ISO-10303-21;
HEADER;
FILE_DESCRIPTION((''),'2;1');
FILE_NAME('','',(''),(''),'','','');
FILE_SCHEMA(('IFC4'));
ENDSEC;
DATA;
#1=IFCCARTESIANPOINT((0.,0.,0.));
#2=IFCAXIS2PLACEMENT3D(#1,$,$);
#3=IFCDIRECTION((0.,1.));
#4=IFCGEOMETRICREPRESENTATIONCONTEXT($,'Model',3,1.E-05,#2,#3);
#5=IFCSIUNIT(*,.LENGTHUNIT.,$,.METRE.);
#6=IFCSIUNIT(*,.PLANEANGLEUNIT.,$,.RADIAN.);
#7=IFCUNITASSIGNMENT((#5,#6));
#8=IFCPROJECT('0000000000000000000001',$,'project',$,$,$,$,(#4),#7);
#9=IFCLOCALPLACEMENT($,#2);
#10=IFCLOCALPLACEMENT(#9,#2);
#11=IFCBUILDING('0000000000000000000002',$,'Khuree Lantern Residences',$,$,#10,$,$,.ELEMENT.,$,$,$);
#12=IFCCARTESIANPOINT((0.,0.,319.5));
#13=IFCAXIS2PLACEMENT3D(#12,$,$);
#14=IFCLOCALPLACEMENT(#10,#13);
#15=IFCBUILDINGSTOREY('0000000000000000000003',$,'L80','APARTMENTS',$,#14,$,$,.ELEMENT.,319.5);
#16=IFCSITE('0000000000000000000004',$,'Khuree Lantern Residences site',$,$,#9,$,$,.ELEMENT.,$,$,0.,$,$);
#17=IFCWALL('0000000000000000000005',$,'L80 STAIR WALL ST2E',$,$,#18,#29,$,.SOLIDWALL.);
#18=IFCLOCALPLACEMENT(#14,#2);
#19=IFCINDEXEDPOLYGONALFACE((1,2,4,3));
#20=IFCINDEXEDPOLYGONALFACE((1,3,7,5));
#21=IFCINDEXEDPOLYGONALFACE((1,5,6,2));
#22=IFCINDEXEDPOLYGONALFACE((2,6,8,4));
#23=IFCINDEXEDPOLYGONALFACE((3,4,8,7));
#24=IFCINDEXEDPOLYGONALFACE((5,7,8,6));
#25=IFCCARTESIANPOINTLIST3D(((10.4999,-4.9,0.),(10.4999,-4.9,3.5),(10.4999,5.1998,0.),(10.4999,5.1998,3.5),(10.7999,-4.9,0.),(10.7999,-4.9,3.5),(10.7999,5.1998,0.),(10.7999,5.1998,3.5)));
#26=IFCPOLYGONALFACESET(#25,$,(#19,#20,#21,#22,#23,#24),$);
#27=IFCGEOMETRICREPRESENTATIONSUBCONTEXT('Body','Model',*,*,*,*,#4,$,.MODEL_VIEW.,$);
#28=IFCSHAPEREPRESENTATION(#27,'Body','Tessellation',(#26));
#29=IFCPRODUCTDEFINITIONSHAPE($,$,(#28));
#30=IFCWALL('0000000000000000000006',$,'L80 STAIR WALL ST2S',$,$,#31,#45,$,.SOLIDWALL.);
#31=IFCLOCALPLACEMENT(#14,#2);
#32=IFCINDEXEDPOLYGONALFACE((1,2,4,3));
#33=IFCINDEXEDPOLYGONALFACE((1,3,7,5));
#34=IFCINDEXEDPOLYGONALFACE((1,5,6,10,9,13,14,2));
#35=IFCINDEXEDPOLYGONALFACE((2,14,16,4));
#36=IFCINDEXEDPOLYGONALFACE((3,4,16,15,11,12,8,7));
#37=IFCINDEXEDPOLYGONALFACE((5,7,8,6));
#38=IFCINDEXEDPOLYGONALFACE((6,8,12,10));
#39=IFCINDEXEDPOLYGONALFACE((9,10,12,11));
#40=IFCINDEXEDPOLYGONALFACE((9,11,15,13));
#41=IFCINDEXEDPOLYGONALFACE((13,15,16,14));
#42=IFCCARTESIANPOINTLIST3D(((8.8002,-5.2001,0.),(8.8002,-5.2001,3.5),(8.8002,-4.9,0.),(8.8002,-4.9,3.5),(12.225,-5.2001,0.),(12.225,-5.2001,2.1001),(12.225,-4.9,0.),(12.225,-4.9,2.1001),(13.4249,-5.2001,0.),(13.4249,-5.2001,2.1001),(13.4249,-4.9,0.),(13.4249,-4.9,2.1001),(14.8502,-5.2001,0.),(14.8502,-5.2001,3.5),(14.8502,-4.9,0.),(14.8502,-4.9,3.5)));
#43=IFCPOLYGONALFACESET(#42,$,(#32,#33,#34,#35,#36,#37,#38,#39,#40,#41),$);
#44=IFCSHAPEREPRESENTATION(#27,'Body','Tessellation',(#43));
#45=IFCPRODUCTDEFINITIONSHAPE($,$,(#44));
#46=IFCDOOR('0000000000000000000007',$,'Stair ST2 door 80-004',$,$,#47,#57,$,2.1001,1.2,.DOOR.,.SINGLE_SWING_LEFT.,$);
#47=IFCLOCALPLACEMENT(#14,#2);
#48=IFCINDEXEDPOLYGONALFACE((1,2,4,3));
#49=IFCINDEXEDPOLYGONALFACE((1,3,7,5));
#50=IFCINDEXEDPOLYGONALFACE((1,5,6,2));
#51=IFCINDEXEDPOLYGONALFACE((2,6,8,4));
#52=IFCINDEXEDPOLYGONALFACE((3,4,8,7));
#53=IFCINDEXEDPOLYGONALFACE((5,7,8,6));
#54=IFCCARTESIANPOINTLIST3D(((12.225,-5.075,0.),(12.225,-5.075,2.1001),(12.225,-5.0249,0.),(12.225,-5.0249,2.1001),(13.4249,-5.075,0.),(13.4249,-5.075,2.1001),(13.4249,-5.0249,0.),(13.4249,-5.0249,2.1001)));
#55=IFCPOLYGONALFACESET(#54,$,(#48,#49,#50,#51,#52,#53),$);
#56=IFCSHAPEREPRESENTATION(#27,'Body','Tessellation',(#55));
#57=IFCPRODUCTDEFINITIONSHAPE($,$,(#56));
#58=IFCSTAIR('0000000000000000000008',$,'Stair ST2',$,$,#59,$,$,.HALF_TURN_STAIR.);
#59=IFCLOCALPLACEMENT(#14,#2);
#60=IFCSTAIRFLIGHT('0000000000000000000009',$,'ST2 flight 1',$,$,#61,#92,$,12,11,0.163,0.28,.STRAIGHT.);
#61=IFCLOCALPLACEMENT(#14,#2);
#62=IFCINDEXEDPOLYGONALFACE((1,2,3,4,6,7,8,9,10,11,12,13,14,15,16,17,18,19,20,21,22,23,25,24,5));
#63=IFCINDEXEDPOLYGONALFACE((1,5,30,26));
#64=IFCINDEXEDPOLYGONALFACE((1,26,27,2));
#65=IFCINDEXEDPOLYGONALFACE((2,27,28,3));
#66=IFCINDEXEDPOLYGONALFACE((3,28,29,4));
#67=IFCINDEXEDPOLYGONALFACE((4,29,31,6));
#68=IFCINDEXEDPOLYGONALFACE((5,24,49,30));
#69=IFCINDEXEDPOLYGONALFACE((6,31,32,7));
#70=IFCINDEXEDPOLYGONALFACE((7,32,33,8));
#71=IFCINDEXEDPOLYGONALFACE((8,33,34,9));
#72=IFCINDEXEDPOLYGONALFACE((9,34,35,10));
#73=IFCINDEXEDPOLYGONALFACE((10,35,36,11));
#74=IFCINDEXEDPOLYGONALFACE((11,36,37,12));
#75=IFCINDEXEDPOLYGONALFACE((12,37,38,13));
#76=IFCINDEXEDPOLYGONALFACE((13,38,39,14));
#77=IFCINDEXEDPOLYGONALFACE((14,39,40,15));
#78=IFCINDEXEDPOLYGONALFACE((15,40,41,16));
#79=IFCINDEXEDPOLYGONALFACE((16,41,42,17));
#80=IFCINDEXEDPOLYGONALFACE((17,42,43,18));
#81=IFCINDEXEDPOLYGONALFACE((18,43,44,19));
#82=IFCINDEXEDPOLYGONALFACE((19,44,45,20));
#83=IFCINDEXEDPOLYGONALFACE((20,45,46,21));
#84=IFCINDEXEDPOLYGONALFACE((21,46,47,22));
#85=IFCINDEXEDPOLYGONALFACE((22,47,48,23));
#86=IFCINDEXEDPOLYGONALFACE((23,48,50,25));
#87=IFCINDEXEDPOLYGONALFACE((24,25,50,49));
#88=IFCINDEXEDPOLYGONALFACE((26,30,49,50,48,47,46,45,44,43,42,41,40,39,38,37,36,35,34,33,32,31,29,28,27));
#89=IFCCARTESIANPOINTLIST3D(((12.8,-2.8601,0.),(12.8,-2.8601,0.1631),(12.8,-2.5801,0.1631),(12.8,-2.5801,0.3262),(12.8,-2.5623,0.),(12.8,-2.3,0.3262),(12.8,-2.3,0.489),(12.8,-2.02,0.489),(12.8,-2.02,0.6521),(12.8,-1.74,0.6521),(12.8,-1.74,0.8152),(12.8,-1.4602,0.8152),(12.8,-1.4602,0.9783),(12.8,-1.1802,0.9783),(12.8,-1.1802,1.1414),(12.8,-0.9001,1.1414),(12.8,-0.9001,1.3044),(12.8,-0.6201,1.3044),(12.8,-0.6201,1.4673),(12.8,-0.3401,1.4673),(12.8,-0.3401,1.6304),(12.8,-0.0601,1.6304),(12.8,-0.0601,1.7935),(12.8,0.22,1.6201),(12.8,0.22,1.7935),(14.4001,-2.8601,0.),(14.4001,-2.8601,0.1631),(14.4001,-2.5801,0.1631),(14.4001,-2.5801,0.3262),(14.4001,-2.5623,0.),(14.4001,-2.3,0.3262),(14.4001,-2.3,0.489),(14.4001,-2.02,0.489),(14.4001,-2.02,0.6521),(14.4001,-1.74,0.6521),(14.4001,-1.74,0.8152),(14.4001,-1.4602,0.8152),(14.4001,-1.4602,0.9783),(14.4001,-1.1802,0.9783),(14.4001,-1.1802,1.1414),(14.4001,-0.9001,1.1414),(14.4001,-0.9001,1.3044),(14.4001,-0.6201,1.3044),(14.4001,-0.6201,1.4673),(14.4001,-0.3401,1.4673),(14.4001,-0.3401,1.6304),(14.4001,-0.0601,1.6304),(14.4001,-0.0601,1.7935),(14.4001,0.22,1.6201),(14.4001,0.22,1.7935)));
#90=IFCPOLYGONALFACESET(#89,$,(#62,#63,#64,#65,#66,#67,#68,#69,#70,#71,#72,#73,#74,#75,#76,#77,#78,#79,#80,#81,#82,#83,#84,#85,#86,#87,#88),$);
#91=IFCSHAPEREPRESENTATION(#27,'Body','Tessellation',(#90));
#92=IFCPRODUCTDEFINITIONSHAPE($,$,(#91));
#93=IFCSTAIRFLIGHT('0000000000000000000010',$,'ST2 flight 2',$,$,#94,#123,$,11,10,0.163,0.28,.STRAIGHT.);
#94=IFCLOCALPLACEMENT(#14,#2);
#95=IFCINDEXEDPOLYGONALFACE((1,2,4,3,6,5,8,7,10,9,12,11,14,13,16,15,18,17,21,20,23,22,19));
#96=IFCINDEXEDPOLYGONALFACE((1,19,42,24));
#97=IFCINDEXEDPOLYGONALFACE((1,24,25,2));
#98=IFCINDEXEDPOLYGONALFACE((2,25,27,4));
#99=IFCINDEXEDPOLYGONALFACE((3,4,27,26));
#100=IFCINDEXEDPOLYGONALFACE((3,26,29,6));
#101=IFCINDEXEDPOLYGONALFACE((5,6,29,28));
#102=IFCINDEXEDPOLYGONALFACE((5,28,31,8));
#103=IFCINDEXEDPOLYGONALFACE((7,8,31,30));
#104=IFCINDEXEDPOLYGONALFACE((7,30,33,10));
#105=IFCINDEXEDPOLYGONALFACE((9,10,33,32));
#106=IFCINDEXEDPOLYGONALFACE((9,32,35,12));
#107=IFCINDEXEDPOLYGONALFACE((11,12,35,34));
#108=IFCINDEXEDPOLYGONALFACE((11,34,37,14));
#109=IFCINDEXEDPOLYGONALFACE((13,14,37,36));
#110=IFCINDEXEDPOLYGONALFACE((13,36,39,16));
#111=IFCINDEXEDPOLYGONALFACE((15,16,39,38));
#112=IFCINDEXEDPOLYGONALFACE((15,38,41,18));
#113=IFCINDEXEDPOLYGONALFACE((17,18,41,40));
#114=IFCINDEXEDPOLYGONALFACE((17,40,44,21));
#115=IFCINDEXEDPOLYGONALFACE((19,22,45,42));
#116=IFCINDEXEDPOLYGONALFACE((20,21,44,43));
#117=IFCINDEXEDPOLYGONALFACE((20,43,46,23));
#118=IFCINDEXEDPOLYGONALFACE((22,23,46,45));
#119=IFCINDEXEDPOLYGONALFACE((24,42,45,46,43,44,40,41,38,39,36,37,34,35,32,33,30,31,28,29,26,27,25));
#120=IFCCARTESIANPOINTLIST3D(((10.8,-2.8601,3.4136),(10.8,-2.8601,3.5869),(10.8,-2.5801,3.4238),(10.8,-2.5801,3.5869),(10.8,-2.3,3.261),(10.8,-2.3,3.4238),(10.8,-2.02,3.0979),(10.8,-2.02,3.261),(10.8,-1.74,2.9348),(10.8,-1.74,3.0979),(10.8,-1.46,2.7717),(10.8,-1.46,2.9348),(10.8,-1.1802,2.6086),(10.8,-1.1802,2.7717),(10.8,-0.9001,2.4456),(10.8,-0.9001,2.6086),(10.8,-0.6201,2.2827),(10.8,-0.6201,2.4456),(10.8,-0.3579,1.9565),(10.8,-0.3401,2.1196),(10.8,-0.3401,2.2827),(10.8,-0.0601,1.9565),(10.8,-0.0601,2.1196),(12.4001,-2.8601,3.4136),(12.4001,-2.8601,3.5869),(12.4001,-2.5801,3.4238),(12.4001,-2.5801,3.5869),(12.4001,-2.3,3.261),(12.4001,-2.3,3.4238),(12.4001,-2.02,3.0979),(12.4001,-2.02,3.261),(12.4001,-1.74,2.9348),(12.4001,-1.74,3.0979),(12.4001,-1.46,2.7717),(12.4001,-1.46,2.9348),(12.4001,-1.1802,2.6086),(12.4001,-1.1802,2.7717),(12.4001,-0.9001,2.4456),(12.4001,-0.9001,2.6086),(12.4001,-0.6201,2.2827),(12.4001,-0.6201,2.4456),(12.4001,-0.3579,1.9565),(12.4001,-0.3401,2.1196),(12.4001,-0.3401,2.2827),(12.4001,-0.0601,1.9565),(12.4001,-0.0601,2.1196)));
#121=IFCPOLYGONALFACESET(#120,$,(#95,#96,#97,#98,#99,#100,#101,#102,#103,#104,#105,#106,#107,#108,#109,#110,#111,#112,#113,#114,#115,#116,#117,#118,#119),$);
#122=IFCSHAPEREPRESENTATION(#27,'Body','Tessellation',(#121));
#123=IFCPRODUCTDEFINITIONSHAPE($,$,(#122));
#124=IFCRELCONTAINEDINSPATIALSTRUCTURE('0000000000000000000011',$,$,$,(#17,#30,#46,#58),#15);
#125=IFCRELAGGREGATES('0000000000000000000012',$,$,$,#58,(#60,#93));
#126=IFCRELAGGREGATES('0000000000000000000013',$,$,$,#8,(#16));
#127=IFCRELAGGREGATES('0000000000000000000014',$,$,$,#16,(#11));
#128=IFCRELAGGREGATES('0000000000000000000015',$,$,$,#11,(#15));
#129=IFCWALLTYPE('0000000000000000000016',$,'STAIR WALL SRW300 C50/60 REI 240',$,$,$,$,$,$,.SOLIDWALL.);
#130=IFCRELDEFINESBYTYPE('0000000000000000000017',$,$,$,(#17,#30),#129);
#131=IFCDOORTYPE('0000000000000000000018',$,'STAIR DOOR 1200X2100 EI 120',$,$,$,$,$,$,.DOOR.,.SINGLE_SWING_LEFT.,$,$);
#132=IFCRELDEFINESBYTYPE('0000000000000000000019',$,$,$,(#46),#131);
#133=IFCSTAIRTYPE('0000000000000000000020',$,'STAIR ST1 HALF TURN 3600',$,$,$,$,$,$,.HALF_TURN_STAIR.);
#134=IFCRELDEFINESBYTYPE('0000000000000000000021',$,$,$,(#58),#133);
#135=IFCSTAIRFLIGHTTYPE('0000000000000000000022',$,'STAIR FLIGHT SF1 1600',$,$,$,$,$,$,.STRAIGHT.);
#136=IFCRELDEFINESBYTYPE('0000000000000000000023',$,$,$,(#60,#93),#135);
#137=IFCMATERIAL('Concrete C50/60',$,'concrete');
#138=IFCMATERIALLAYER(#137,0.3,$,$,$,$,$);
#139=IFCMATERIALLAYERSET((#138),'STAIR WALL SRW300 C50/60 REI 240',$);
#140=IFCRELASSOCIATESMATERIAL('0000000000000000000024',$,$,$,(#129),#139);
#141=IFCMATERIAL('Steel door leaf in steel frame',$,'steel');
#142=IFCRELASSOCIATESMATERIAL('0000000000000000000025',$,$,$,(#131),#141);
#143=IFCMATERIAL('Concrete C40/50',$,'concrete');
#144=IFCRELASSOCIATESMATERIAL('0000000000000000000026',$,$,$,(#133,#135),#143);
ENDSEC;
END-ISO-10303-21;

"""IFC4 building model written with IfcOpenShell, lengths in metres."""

from ifc_helpers import new_model, si_unit, direction, frame, frame_2d, origin, place, context, subcontext, project, spatial, polyline, rectangle, outline, extrude, material, layer, layer_set, type_object, element, fill, aggregate, save


model = new_model("IFC4")

# Units and contexts
model_context = context("Model", 3, precision=1e-05, world=origin(), true_north=direction((0.0, 1.0)))
body_context = subcontext(model_context, "Body", "Model", "MODEL_VIEW")
ifc_project = project(units=[si_unit("LENGTHUNIT", "METRE"), si_unit("PLANEANGLEUNIT", "RADIAN")], contexts=[model_context])

# Site, building, storey
site_placement = place(None, origin())
site = spatial("IfcSite", under=ifc_project, at=site_placement, Name="Khuree Lantern Residences site", CompositionType="ELEMENT", RefElevation=0.0)
building_placement = place(site_placement, origin())
building = spatial("IfcBuilding", under=site, at=building_placement, Name="Khuree Lantern Residences", CompositionType="ELEMENT")
storey_placement = place(building_placement, frame((0.0, 0.0, 319.5)))
storey = spatial("IfcBuildingStorey", under=building, at=storey_placement, Name="L80", Description="APARTMENTS", CompositionType="ELEMENT", Elevation=319.5)

# Wall
ifc_material_1 = material(Name="Concrete C50/60", Category="concrete")
ifc_layer_1 = layer(ifc_material_1, 0.3)
ifc_layer_set_1 = layer_set([ifc_layer_1], Name="STAIR WALL SRW300 C50/60 REI 240")
wall_type_1 = type_object("IfcWallType", Name="STAIR WALL SRW300 C50/60 REI 240", PredefinedType="SOLIDWALL", material=ifc_layer_set_1)
wall_1_placement = place(storey_placement, frame((10.6499, -4.8999, 0.0), z_axis=(0.0, 0.0, 1.0), x_axis=(0.0, 1.0, 0.0)))
element("IfcWall", 1, at=wall_1_placement, inside=storey, type_object=wall_type_1, Name="L80 STAIR WALL ST2E", PredefinedType="SOLIDWALL", context=body_context, shape_type="SweptSolid", body=[
    extrude(rectangle(XDim=10.0999, YDim=0.3, at=frame_2d((5.0498, 0.0))), origin(), (0.0, 0.0, 1.0), 3.5),
])

# Wall, opening, door
wall_2_placement = place(storey_placement, frame((14.8501, -5.05, 0.0), z_axis=(0.0, 0.0, 1.0), x_axis=(-1.0, 0.0, 0.0)))
wall_2 = element("IfcWall", 2, at=wall_2_placement, inside=storey, type_object=wall_type_1, Name="L80 STAIR WALL ST2S", PredefinedType="SOLIDWALL", context=body_context, shape_type="SweptSolid", body=[
    extrude(rectangle(XDim=6.05, YDim=0.3, at=frame_2d((3.0249, 0.0))), origin(), (0.0, 0.0, 1.0), 3.5),
])
opening_1_placement = place(wall_2_placement, frame((1.425, 0.0, 0.0)))
opening_1 = element("IfcOpeningElement", 3, at=opening_1_placement, cuts=wall_2, PredefinedType="OPENING", context=body_context, shape_type="SweptSolid", body=[
    extrude(rectangle(XDim=1.2, YDim=2.1001, at=frame_2d((0.6001, 1.05))), frame((0.0, 0.1602, 0.0), z_axis=(0.0, -1.0, 0.0), x_axis=(1.0, 0.0, 0.0)), (0.0, 0.0, 1.0), 0.3201),
])
ifc_material_2 = material(Name="Steel door leaf in steel frame", Category="steel")
door_type_1 = type_object("IfcDoorType", Name="STAIR DOOR 1200X2100 EI 120", OperationType="SINGLE_SWING_LEFT", PredefinedType="DOOR", material=ifc_material_2)
door_1_placement = place(opening_1_placement, origin())
door_1 = element("IfcDoor", 4, at=door_1_placement, inside=storey, type_object=door_type_1, Name="Stair ST2 door 80-004", OperationType="SINGLE_SWING_LEFT", OverallHeight=2.1001, OverallWidth=1.2, PredefinedType="DOOR", context=body_context, shape_type="SweptSolid", body=[
    extrude(rectangle(XDim=1.2, YDim=2.1001, at=frame_2d((0.6001, 1.05))), frame((0.0, 0.0249, 0.0), z_axis=(0.0, -1.0, 0.0), x_axis=(1.0, 0.0, 0.0)), (0.0, 0.0, 1.0), 0.05),
])
fill(opening_1, door_1)

# Stair, stair flights
ifc_material_3 = material(Name="Concrete C40/50", Category="concrete")
stair_type = type_object("IfcStairType", Name="STAIR ST1 HALF TURN 3600", PredefinedType="HALF_TURN_STAIR", material=ifc_material_3)
stair_placement = place(storey_placement, origin())
stair = element("IfcStair", 5, at=stair_placement, inside=storey, type_object=stair_type, Name="Stair ST2", PredefinedType="HALF_TURN_STAIR")
stair_flight_type = type_object("IfcStairFlightType", Name="STAIR FLIGHT SF1 1600", PredefinedType="STRAIGHT", material=ifc_material_3)
stair_flight_1_placement = place(storey_placement, frame((13.6001, -2.8601, 0.0), z_axis=(0.0, 0.0, 1.0), x_axis=(0.0, 1.0, 0.0)))
stair_flight_1 = element("IfcStairFlight", 6, at=stair_flight_1_placement, type_object=stair_flight_type, Name="ST2 flight 1", NumberOfRisers=12, NumberOfTreads=11, PredefinedType="STRAIGHT", RiserHeight=0.163, TreadLength=0.28, context=body_context, shape_type="SweptSolid", body=[
    extrude(outline(polyline([(0.0, 0.0), (0.0, 0.1631), (0.28, 0.1631), (0.28, 0.3262), (0.5601, 0.3262), (0.5601, 0.489), (0.8401, 0.489), (0.8401, 0.6521), (1.1201, 0.6521), (1.1201, 0.8152), (1.3999, 0.8152), (1.3999, 0.9783), (1.6799, 0.9783), (1.6799, 1.1414), (1.96, 1.1414), (1.96, 1.3044), (2.24, 1.3044), (2.24, 1.4673), (2.52, 1.4673), (2.52, 1.6304), (2.8, 1.6304), (2.8, 1.7935), (3.0801, 1.7935), (3.0801, 1.9565), (3.0801, 1.6201), (0.2979, 0.0), (0.0, 0.0)])), frame((0.0, 0.8, 0.0), z_axis=(0.0, -1.0, 0.0), x_axis=(1.0, 0.0, 0.0)), (0.0, 0.0, 1.0), 1.6001),
])
stair_flight_2_placement = place(storey_placement, frame((11.6001, -0.0601, 1.9565), z_axis=(0.0, 0.0, 1.0), x_axis=(0.0, -1.0, 0.0)))
stair_flight_2 = element("IfcStairFlight", 7, at=stair_flight_2_placement, type_object=stair_flight_type, Name="ST2 flight 2", NumberOfRisers=11, NumberOfTreads=10, PredefinedType="STRAIGHT", RiserHeight=0.163, TreadLength=0.28, context=body_context, shape_type="SweptSolid", body=[
    extrude(outline(polyline([(0.0, 0.0), (0.0, 0.1631), (0.28, 0.1631), (0.28, 0.3262), (0.5601, 0.3262), (0.5601, 0.489), (0.8401, 0.489), (0.8401, 0.6521), (1.1201, 0.6521), (1.1201, 0.8152), (1.3999, 0.8152), (1.3999, 0.9783), (1.6799, 0.9783), (1.6799, 1.1414), (1.96, 1.1414), (1.96, 1.3044), (2.24, 1.3044), (2.24, 1.4673), (2.52, 1.4673), (2.52, 1.6304), (2.8, 1.6304), (2.8, 1.7935), (2.8, 1.457), (0.2979, 0.0), (0.0, 0.0)])), frame((0.0, 0.8, 0.0), z_axis=(0.0, -1.0, 0.0), x_axis=(1.0, 0.0, 0.0)), (0.0, 0.0, 1.0), 1.6001),
])
aggregate(stair, [stair_flight_1, stair_flight_2])

save(model, "model.ifc")
